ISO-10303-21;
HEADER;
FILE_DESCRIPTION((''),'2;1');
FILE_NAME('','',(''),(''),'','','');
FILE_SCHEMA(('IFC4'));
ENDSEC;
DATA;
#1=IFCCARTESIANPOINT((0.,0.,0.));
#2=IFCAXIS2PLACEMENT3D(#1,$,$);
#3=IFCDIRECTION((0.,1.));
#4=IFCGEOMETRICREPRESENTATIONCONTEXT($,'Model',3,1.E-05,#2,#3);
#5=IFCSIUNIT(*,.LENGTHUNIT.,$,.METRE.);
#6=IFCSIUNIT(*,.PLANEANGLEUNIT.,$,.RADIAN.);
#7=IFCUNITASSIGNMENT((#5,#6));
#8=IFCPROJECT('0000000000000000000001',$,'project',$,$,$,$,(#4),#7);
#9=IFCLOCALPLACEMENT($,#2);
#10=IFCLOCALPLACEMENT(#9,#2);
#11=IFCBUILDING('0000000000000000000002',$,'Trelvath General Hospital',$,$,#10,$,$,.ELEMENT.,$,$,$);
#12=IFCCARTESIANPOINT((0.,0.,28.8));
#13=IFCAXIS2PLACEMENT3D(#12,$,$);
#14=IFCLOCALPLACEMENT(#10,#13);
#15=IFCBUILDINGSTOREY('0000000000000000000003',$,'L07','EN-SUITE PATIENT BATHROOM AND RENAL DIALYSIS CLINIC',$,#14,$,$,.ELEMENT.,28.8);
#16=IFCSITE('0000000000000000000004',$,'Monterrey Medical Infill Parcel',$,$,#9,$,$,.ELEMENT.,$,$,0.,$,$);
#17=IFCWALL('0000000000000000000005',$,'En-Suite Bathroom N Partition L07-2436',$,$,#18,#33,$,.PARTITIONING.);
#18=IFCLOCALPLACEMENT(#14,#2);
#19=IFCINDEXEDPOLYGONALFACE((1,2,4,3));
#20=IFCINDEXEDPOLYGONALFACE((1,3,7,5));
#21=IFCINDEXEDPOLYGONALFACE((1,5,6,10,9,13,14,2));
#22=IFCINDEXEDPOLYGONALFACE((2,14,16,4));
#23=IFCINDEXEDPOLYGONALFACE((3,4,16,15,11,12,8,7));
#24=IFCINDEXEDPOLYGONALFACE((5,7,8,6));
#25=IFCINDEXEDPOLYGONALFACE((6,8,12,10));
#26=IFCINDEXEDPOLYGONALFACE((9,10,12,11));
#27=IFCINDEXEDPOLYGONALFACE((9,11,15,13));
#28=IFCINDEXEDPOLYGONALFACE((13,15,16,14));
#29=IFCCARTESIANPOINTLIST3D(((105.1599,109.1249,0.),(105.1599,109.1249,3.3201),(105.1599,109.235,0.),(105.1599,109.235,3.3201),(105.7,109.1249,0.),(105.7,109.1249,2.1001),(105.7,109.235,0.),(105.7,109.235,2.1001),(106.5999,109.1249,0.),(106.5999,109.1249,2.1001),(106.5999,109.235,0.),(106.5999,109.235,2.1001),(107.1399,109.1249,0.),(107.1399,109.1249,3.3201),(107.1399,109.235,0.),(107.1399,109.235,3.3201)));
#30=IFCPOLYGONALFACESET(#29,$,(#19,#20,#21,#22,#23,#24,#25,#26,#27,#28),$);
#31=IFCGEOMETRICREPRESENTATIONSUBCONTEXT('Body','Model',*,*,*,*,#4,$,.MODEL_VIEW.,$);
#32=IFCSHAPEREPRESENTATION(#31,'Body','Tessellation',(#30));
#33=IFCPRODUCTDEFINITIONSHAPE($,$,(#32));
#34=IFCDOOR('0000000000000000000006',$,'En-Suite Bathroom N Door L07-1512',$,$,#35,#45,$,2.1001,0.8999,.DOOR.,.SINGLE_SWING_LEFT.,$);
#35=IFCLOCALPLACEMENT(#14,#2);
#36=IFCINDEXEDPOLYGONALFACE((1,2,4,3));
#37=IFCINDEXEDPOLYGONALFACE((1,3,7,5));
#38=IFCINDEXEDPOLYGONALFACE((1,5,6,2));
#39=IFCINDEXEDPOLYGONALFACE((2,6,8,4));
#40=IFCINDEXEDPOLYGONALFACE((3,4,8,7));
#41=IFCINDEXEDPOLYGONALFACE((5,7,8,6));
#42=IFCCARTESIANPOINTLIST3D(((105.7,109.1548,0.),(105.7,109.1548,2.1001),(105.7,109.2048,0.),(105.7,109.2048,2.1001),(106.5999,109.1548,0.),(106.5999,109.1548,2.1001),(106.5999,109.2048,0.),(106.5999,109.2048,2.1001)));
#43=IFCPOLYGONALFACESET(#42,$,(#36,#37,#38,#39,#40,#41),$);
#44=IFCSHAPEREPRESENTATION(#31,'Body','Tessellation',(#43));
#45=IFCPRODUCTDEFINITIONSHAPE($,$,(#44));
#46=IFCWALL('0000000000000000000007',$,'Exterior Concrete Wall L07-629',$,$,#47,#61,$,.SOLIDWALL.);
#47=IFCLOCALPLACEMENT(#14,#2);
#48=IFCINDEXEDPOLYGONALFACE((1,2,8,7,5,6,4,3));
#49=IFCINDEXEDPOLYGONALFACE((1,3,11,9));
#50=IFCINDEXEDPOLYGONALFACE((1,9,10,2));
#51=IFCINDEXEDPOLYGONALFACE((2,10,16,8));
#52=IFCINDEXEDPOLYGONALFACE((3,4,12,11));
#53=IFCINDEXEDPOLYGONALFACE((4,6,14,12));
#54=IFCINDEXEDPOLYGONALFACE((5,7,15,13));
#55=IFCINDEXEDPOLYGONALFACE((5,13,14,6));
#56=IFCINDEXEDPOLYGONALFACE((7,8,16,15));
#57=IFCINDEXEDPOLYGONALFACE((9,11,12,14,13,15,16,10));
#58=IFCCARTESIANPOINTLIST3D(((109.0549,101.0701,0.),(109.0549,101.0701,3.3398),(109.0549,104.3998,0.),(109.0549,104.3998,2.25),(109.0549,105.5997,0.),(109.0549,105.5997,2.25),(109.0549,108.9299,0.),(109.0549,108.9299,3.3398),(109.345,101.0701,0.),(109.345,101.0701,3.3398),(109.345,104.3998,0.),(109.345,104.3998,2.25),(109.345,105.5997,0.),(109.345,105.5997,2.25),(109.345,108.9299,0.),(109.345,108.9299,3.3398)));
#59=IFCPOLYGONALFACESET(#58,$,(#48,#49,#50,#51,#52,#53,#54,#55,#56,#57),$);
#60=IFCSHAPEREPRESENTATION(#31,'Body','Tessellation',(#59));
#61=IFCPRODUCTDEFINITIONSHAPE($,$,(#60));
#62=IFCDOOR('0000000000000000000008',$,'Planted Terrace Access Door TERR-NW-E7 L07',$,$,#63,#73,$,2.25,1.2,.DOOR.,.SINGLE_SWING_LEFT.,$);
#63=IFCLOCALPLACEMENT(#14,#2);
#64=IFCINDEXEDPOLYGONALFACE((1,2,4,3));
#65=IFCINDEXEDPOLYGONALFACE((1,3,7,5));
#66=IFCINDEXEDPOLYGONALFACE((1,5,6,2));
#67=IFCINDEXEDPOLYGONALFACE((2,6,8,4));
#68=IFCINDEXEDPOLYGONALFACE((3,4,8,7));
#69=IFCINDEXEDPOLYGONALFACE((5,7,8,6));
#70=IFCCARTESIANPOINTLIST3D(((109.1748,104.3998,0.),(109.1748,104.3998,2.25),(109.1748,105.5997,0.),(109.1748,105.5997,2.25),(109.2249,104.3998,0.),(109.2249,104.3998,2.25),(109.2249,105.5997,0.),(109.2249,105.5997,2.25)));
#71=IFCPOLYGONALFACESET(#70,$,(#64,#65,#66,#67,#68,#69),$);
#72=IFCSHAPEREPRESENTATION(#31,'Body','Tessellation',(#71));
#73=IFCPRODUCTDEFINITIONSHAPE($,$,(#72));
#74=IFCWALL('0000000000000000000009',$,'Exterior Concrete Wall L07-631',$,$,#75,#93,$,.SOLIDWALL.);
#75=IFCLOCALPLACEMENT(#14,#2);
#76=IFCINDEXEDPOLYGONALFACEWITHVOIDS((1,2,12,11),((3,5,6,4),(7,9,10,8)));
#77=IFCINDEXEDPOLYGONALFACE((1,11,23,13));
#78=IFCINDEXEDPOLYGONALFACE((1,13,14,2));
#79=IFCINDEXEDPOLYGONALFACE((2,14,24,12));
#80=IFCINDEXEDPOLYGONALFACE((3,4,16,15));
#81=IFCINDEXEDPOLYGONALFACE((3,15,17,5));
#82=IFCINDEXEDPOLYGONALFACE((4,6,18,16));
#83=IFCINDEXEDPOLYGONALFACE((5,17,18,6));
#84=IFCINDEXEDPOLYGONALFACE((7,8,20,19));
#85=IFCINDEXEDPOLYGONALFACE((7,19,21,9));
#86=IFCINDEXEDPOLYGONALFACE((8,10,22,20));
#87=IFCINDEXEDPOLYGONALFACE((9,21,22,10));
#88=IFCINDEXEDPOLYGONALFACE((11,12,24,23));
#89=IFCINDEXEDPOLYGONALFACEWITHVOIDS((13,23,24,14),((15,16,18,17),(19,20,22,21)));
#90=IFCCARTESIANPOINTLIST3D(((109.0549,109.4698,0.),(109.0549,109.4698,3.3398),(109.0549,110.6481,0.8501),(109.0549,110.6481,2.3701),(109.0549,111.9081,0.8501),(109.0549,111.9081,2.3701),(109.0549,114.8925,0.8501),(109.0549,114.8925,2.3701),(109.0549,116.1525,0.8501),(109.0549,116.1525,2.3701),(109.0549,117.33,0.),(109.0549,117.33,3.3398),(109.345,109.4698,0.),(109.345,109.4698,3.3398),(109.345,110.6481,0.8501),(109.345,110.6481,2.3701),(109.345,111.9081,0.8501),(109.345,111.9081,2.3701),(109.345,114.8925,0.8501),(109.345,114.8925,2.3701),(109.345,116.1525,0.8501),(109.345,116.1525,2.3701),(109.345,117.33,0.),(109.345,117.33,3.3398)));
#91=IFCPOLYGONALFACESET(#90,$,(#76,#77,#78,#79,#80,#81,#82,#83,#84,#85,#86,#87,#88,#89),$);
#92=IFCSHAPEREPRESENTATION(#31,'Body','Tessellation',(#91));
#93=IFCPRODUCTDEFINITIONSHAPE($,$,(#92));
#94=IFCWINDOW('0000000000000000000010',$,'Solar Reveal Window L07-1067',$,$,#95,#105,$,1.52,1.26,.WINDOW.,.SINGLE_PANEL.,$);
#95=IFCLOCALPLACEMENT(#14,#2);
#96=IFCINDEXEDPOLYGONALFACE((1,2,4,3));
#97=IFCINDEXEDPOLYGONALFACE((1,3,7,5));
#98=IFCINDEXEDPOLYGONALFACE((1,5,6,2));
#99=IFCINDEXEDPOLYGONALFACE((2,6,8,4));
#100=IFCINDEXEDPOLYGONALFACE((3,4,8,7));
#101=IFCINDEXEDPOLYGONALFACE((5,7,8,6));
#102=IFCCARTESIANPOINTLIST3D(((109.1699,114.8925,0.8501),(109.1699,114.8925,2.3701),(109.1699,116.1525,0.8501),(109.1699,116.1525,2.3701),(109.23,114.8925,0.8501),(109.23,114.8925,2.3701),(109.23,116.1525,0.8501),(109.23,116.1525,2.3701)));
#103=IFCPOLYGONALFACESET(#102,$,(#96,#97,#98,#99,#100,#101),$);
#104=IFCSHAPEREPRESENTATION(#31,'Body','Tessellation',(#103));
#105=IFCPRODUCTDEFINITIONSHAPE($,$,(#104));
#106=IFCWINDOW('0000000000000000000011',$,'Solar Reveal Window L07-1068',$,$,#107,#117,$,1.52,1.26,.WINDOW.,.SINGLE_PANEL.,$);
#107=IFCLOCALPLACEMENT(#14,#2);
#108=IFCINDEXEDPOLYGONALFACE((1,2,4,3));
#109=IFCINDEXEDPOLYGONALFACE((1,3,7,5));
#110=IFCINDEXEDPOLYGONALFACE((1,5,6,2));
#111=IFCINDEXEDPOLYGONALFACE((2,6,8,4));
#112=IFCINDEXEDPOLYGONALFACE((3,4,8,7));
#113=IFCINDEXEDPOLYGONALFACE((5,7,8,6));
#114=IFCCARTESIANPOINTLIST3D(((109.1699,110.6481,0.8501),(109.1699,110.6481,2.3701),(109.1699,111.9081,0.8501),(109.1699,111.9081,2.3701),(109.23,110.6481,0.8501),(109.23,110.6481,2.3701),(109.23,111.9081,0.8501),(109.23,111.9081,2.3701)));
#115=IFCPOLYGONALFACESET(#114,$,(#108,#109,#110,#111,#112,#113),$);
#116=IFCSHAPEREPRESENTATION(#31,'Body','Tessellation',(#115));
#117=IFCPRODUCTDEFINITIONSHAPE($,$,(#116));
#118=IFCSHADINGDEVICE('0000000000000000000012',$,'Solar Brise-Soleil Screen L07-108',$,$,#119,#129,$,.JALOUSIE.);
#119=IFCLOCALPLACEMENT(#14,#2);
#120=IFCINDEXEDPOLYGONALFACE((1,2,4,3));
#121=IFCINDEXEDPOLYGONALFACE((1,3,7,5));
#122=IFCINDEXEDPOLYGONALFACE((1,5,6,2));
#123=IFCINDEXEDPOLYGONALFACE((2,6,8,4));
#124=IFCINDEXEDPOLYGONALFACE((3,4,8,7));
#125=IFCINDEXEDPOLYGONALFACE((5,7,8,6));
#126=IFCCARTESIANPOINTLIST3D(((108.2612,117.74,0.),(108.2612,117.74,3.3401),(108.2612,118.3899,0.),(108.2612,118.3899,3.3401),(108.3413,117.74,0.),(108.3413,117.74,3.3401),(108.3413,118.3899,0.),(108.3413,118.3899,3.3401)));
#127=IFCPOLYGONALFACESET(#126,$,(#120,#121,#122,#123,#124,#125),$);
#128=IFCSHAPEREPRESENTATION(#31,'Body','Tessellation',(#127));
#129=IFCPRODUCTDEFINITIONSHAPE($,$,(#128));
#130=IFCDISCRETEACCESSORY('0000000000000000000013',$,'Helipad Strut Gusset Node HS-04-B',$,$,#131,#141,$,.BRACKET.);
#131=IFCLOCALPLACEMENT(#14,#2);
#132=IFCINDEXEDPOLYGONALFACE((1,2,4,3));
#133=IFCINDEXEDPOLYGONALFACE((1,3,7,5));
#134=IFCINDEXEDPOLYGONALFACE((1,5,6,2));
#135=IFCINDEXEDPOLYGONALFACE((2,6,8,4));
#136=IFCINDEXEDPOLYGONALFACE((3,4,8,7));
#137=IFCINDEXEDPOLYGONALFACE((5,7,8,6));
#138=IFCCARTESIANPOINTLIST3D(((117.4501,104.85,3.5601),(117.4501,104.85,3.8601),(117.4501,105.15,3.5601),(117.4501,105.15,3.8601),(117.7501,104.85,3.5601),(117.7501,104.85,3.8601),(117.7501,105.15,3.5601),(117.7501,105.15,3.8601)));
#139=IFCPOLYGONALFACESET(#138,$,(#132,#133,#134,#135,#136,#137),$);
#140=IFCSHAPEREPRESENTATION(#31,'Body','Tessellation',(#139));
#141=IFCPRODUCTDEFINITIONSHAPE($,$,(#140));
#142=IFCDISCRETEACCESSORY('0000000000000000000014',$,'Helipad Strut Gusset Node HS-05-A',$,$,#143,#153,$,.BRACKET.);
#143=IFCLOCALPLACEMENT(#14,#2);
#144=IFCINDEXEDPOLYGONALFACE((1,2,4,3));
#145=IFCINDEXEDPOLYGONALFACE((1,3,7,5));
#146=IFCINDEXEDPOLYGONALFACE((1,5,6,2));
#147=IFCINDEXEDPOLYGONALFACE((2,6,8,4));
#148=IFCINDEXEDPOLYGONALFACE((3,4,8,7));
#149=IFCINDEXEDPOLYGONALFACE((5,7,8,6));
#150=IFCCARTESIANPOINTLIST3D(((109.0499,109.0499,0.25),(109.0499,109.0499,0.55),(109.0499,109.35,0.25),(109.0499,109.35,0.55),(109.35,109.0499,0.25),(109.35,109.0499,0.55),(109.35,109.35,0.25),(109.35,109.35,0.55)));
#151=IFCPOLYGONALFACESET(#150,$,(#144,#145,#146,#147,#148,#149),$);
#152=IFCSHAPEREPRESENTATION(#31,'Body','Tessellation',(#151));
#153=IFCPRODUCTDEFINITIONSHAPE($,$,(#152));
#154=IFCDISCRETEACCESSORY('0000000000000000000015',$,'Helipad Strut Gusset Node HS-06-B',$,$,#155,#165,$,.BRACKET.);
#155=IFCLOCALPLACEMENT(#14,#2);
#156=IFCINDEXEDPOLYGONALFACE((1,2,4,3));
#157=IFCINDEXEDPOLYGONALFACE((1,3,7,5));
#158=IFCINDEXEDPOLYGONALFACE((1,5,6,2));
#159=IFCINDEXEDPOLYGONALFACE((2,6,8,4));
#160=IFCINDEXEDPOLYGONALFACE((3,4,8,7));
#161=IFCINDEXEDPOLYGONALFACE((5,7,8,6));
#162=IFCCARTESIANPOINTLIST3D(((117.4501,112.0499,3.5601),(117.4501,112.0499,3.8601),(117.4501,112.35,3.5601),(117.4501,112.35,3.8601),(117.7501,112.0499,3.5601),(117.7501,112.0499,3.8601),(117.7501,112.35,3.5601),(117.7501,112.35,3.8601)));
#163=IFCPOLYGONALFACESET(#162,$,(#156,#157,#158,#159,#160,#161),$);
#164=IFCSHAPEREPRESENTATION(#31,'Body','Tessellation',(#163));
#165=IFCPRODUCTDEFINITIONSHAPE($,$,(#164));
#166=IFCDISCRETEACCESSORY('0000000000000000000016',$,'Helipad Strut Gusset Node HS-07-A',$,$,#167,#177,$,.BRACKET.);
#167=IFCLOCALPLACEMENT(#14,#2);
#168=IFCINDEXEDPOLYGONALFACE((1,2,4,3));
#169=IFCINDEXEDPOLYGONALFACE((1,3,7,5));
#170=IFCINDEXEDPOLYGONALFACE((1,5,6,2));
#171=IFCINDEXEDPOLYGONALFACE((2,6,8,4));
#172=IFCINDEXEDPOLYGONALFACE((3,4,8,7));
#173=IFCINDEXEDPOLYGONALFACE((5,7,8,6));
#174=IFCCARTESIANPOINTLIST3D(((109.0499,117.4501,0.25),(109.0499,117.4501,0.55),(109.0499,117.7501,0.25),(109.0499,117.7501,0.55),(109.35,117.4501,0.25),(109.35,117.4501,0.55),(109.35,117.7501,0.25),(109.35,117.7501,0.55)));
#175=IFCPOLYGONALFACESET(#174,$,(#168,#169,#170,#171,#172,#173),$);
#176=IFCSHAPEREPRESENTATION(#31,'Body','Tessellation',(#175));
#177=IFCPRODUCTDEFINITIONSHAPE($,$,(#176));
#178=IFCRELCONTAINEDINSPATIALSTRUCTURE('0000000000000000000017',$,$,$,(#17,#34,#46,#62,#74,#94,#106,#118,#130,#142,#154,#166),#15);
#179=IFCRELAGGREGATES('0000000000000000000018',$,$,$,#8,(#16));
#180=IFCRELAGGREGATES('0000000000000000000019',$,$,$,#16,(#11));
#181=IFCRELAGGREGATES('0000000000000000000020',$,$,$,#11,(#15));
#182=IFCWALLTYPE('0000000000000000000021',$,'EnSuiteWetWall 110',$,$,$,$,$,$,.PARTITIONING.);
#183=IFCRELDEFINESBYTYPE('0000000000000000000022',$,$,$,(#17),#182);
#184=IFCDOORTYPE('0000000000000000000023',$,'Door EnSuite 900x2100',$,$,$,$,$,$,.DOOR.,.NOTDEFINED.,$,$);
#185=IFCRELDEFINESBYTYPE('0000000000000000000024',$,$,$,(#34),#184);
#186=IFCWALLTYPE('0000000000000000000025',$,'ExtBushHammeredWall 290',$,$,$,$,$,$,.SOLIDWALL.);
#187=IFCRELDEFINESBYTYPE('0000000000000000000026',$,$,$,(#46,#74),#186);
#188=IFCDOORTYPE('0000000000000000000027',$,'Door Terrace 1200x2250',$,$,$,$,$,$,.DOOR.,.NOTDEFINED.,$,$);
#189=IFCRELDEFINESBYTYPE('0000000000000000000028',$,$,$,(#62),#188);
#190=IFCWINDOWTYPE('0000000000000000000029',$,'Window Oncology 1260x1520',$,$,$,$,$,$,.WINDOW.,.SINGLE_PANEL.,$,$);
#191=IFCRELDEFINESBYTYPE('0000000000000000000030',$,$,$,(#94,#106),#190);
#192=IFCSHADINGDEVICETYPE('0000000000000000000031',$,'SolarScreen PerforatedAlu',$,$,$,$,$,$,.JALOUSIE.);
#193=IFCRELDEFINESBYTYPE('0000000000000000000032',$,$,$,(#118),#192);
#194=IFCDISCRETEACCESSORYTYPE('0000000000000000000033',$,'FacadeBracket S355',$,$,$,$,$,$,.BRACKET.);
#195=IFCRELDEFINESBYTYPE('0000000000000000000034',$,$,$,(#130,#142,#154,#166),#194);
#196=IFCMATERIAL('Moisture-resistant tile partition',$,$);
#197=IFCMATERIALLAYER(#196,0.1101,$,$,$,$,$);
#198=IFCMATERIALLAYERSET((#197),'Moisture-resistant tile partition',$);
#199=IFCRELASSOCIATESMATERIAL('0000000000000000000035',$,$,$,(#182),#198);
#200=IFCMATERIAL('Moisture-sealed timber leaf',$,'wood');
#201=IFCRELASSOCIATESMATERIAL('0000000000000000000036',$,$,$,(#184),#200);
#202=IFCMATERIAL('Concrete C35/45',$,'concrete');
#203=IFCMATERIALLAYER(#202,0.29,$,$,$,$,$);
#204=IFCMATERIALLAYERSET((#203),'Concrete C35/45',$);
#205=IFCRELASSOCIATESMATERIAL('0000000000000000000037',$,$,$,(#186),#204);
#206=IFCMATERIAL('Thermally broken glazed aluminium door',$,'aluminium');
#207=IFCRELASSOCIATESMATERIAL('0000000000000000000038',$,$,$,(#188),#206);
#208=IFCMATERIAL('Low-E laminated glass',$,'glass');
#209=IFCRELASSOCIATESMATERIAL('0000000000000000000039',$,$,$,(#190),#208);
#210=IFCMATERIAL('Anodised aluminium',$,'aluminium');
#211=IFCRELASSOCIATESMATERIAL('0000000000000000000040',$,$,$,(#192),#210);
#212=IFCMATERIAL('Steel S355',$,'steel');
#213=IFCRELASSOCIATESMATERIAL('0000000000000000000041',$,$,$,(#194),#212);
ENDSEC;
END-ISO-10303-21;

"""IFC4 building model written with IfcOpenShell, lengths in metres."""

from ifc_helpers import new_model, si_unit, direction, frame, frame_2d, origin, origin_2d, place, context, subcontext, project, spatial, rectangle, extrude, material, layer, layer_set, type_object, element, fill, save


model = new_model("IFC4")

# Units and contexts
model_context = context("Model", 3, precision=1e-05, world=origin(), true_north=direction((0.0, 1.0)))
body_context = subcontext(model_context, "Body", "Model", "MODEL_VIEW")
ifc_project = project(units=[si_unit("LENGTHUNIT", "METRE"), si_unit("PLANEANGLEUNIT", "RADIAN")], contexts=[model_context])

# Site, building, storey
site_placement = place(None, origin())
site = spatial("IfcSite", under=ifc_project, at=site_placement, Name="Monterrey Medical Infill Parcel", CompositionType="ELEMENT", RefElevation=0.0)
building_placement = place(site_placement, origin())
building = spatial("IfcBuilding", under=site, at=building_placement, Name="Trelvath General Hospital", CompositionType="ELEMENT")
storey_placement = place(building_placement, frame((0.0, 0.0, 28.8)))
storey = spatial("IfcBuildingStorey", under=building, at=storey_placement, Name="L07", Description="EN-SUITE PATIENT BATHROOM AND RENAL DIALYSIS CLINIC", CompositionType="ELEMENT", Elevation=28.8)

# Shared definitions
ifc_material_1 = material(Name="Moisture-resistant tile partition")
ifc_layer_1 = layer(ifc_material_1, 0.1101)
ifc_layer_set_1 = layer_set([ifc_layer_1], Name="Moisture-resistant tile partition")
wall_type_1 = type_object("IfcWallType", Name="EnSuiteWetWall 110", PredefinedType="PARTITIONING", material=ifc_layer_set_1)

# Walls, openings, doors
wall_1_placement = place(storey_placement, frame((105.1599, 109.1799, 0.0), z_axis=(0.0, 0.0, 1.0), x_axis=(1.0, 0.0, 0.0)))
wall_1 = element("IfcWall", 1, at=wall_1_placement, inside=storey, type_object=wall_type_1, Name="En-Suite Bathroom N Partition L07-2436", PredefinedType="PARTITIONING", context=body_context, shape_type="SweptSolid", body=[
    extrude(rectangle(XDim=1.98, YDim=0.1101, at=frame_2d((0.99, 0.0))), origin(), (0.0, 0.0, 1.0), 3.3201),
])
opening_1_placement = place(wall_1_placement, frame((0.54, 0.0, 0.0)))
opening_1 = element("IfcOpeningElement", 2, at=opening_1_placement, cuts=wall_1, PredefinedType="OPENING", context=body_context, shape_type="SweptSolid", body=[
    extrude(rectangle(XDim=0.8999, YDim=2.1001, at=frame_2d((0.45, 1.05))), frame((0.0, 0.0649, 0.0), z_axis=(0.0, -1.0, 0.0), x_axis=(1.0, 0.0, 0.0)), (0.0, 0.0, 1.0), 0.1301),
])
ifc_material_2 = material(Name="Moisture-sealed timber leaf", Category="wood")
door_type_1 = type_object("IfcDoorType", Name="Door EnSuite 900x2100", OperationType="NOTDEFINED", PredefinedType="DOOR", material=ifc_material_2)
door_1_placement = place(opening_1_placement, origin())
door_1 = element("IfcDoor", 3, at=door_1_placement, inside=storey, type_object=door_type_1, Name="En-Suite Bathroom N Door L07-1512", OperationType="SINGLE_SWING_LEFT", OverallHeight=2.1001, OverallWidth=0.8999, PredefinedType="DOOR", context=body_context, shape_type="SweptSolid", body=[
    extrude(rectangle(XDim=0.8999, YDim=2.1001, at=frame_2d((0.45, 1.05))), frame((0.0, 0.0249, 0.0), z_axis=(0.0, -1.0, 0.0), x_axis=(1.0, 0.0, 0.0)), (0.0, 0.0, 1.0), 0.05),
])
fill(opening_1, door_1)
ifc_material_3 = material(Name="Concrete C35/45", Category="concrete")
ifc_layer_2 = layer(ifc_material_3, 0.29)
ifc_layer_set_2 = layer_set([ifc_layer_2], Name="Concrete C35/45")
wall_type_2 = type_object("IfcWallType", Name="ExtBushHammeredWall 290", PredefinedType="SOLIDWALL", material=ifc_layer_set_2)
wall_2_placement = place(storey_placement, frame((109.2, 108.9299, 0.0), z_axis=(0.0, 0.0, 1.0), x_axis=(0.0, -1.0, 0.0)))
wall_2 = element("IfcWall", 4, at=wall_2_placement, inside=storey, type_object=wall_type_2, Name="Exterior Concrete Wall L07-629", PredefinedType="SOLIDWALL", context=body_context, shape_type="SweptSolid", body=[
    extrude(rectangle(XDim=7.8599, YDim=0.29, at=frame_2d((3.9299, 0.0))), origin(), (0.0, 0.0, 1.0), 3.3398),
])
opening_2_placement = place(wall_2_placement, frame((3.3301, 0.0, 0.0)))
opening_2 = element("IfcOpeningElement", 5, at=opening_2_placement, cuts=wall_2, PredefinedType="OPENING", context=body_context, shape_type="SweptSolid", body=[
    extrude(rectangle(XDim=1.2, YDim=2.25, at=frame_2d((0.6001, 1.125))), frame((0.0, 0.155, 0.0), z_axis=(0.0, -1.0, 0.0), x_axis=(1.0, 0.0, 0.0)), (0.0, 0.0, 1.0), 0.3101),
])
ifc_material_4 = material(Name="Thermally broken glazed aluminium door", Category="aluminium")
door_type_2 = type_object("IfcDoorType", Name="Door Terrace 1200x2250", OperationType="NOTDEFINED", PredefinedType="DOOR", material=ifc_material_4)
door_2_placement = place(opening_2_placement, origin())
door_2 = element("IfcDoor", 6, at=door_2_placement, inside=storey, type_object=door_type_2, Name="Planted Terrace Access Door TERR-NW-E7 L07", OperationType="SINGLE_SWING_LEFT", OverallHeight=2.25, OverallWidth=1.2, PredefinedType="DOOR", context=body_context, shape_type="SweptSolid", body=[
    extrude(rectangle(XDim=1.2, YDim=2.25, at=frame_2d((0.6001, 1.125))), frame((0.0, 0.0249, 0.0), z_axis=(0.0, -1.0, 0.0), x_axis=(1.0, 0.0, 0.0)), (0.0, 0.0, 1.0), 0.05),
])
fill(opening_2, door_2)

# Wall, openings, windows
wall_3_placement = place(storey_placement, frame((109.2, 117.3301, 0.0), z_axis=(0.0, 0.0, 1.0), x_axis=(0.0, -1.0, 0.0)))
wall_3 = element("IfcWall", 7, at=wall_3_placement, inside=storey, type_object=wall_type_2, Name="Exterior Concrete Wall L07-631", PredefinedType="SOLIDWALL", context=body_context, shape_type="SweptSolid", body=[
    extrude(rectangle(XDim=7.8601, YDim=0.29, at=frame_2d((3.9302, 0.0))), origin(), (0.0, 0.0, 1.0), 3.3398),
])
opening_3_placement = place(wall_3_placement, frame((1.1777, 0.0, 0.8501)))
opening_3 = element("IfcOpeningElement", 8, at=opening_3_placement, cuts=wall_3, PredefinedType="OPENING", context=body_context, shape_type="SweptSolid", body=[
    extrude(rectangle(XDim=1.26, YDim=1.52, at=frame_2d((0.6299, 0.76))), frame((0.0, 0.155, 0.0), z_axis=(0.0, -1.0, 0.0), x_axis=(1.0, 0.0, 0.0)), (0.0, 0.0, 1.0), 0.3101),
])
opening_4_placement = place(wall_3_placement, frame((5.4221, 0.0, 0.8501)))
opening_4 = element("IfcOpeningElement", 9, at=opening_4_placement, cuts=wall_3, PredefinedType="OPENING", context=body_context, shape_type="SweptSolid", body=[
    extrude(rectangle(XDim=1.26, YDim=1.52, at=frame_2d((0.6299, 0.76))), frame((0.0, 0.155, 0.0), z_axis=(0.0, -1.0, 0.0), x_axis=(1.0, 0.0, 0.0)), (0.0, 0.0, 1.0), 0.3101),
])
ifc_material_5 = material(Name="Low-E laminated glass", Category="glass")
window_type = type_object("IfcWindowType", Name="Window Oncology 1260x1520", PartitioningType="SINGLE_PANEL", PredefinedType="WINDOW", material=ifc_material_5)
window_1_placement = place(opening_3_placement, origin())
window_1 = element("IfcWindow", 10, at=window_1_placement, inside=storey, type_object=window_type, Name="Solar Reveal Window L07-1067", OverallHeight=1.52, OverallWidth=1.26, PartitioningType="SINGLE_PANEL", PredefinedType="WINDOW", context=body_context, shape_type="SweptSolid", body=[
    extrude(rectangle(XDim=1.26, YDim=1.52, at=frame_2d((0.6299, 0.76))), frame((0.0, 0.03, 0.0), z_axis=(0.0, -1.0, 0.0), x_axis=(1.0, 0.0, 0.0)), (0.0, 0.0, 1.0), 0.0601),
])
fill(opening_3, window_1)
window_2_placement = place(opening_4_placement, origin())
window_2 = element("IfcWindow", 11, at=window_2_placement, inside=storey, type_object=window_type, Name="Solar Reveal Window L07-1068", OverallHeight=1.52, OverallWidth=1.26, PartitioningType="SINGLE_PANEL", PredefinedType="WINDOW", context=body_context, shape_type="SweptSolid", body=[
    extrude(rectangle(XDim=1.26, YDim=1.52, at=frame_2d((0.6299, 0.76))), frame((0.0, 0.03, 0.0), z_axis=(0.0, -1.0, 0.0), x_axis=(1.0, 0.0, 0.0)), (0.0, 0.0, 1.0), 0.0601),
])
fill(opening_4, window_2)

# Shading device
ifc_material_6 = material(Name="Anodised aluminium", Category="aluminium")
shading_device_type = type_object("IfcShadingDeviceType", Name="SolarScreen PerforatedAlu", PredefinedType="JALOUSIE", material=ifc_material_6)
shading_device_placement = place(storey_placement, frame((108.3013, 118.0649, 0.0), z_axis=(0.0, 0.0, 1.0), x_axis=(0.0, 1.0, 0.0)))
element("IfcShadingDevice", 12, at=shading_device_placement, inside=storey, type_object=shading_device_type, Name="Solar Brise-Soleil Screen L07-108", PredefinedType="JALOUSIE", context=body_context, shape_type="SweptSolid", body=[
    extrude(rectangle(XDim=0.6499, YDim=0.0801, at=origin_2d()), origin(), (0.0, 0.0, 1.0), 3.3401),
])

# Discrete accessories
ifc_material_7 = material(Name="Steel S355", Category="steel")
discrete_accessory_type = type_object("IfcDiscreteAccessoryType", Name="FacadeBracket S355", PredefinedType="BRACKET", material=ifc_material_7)
for number, where, z_axis, x_axis, name in (
    (13, (117.6001, 105.0, 3.5601), (0.0, 0.0, 1.0), (1.0, 0.0, 0.0), "Helipad Strut Gusset Node HS-04-B"),
    (14, (109.2, 109.2, 0.25), (0.0, 0.0, 1.0), (1.0, 0.0, 0.0), "Helipad Strut Gusset Node HS-05-A"),
    (15, (117.6001, 112.2, 3.5601), (0.0, 0.0, 1.0), (1.0, 0.0, 0.0), "Helipad Strut Gusset Node HS-06-B"),
    (16, (109.2, 117.6001, 0.25), (0.0, 0.0, 1.0), (1.0, 0.0, 0.0), "Helipad Strut Gusset Node HS-07-A"),
):
    element("IfcDiscreteAccessory", number, at=place(storey_placement, frame(where, z_axis=z_axis, x_axis=x_axis)), inside=storey, type_object=discrete_accessory_type, Name=name, PredefinedType="BRACKET", context=body_context, shape_type="SweptSolid", body=[
        extrude(rectangle(XDim=0.3, YDim=0.3, at=origin_2d()), origin(), (0.0, 0.0, 1.0), 0.3),
    ])

save(model, "model.ifc")
